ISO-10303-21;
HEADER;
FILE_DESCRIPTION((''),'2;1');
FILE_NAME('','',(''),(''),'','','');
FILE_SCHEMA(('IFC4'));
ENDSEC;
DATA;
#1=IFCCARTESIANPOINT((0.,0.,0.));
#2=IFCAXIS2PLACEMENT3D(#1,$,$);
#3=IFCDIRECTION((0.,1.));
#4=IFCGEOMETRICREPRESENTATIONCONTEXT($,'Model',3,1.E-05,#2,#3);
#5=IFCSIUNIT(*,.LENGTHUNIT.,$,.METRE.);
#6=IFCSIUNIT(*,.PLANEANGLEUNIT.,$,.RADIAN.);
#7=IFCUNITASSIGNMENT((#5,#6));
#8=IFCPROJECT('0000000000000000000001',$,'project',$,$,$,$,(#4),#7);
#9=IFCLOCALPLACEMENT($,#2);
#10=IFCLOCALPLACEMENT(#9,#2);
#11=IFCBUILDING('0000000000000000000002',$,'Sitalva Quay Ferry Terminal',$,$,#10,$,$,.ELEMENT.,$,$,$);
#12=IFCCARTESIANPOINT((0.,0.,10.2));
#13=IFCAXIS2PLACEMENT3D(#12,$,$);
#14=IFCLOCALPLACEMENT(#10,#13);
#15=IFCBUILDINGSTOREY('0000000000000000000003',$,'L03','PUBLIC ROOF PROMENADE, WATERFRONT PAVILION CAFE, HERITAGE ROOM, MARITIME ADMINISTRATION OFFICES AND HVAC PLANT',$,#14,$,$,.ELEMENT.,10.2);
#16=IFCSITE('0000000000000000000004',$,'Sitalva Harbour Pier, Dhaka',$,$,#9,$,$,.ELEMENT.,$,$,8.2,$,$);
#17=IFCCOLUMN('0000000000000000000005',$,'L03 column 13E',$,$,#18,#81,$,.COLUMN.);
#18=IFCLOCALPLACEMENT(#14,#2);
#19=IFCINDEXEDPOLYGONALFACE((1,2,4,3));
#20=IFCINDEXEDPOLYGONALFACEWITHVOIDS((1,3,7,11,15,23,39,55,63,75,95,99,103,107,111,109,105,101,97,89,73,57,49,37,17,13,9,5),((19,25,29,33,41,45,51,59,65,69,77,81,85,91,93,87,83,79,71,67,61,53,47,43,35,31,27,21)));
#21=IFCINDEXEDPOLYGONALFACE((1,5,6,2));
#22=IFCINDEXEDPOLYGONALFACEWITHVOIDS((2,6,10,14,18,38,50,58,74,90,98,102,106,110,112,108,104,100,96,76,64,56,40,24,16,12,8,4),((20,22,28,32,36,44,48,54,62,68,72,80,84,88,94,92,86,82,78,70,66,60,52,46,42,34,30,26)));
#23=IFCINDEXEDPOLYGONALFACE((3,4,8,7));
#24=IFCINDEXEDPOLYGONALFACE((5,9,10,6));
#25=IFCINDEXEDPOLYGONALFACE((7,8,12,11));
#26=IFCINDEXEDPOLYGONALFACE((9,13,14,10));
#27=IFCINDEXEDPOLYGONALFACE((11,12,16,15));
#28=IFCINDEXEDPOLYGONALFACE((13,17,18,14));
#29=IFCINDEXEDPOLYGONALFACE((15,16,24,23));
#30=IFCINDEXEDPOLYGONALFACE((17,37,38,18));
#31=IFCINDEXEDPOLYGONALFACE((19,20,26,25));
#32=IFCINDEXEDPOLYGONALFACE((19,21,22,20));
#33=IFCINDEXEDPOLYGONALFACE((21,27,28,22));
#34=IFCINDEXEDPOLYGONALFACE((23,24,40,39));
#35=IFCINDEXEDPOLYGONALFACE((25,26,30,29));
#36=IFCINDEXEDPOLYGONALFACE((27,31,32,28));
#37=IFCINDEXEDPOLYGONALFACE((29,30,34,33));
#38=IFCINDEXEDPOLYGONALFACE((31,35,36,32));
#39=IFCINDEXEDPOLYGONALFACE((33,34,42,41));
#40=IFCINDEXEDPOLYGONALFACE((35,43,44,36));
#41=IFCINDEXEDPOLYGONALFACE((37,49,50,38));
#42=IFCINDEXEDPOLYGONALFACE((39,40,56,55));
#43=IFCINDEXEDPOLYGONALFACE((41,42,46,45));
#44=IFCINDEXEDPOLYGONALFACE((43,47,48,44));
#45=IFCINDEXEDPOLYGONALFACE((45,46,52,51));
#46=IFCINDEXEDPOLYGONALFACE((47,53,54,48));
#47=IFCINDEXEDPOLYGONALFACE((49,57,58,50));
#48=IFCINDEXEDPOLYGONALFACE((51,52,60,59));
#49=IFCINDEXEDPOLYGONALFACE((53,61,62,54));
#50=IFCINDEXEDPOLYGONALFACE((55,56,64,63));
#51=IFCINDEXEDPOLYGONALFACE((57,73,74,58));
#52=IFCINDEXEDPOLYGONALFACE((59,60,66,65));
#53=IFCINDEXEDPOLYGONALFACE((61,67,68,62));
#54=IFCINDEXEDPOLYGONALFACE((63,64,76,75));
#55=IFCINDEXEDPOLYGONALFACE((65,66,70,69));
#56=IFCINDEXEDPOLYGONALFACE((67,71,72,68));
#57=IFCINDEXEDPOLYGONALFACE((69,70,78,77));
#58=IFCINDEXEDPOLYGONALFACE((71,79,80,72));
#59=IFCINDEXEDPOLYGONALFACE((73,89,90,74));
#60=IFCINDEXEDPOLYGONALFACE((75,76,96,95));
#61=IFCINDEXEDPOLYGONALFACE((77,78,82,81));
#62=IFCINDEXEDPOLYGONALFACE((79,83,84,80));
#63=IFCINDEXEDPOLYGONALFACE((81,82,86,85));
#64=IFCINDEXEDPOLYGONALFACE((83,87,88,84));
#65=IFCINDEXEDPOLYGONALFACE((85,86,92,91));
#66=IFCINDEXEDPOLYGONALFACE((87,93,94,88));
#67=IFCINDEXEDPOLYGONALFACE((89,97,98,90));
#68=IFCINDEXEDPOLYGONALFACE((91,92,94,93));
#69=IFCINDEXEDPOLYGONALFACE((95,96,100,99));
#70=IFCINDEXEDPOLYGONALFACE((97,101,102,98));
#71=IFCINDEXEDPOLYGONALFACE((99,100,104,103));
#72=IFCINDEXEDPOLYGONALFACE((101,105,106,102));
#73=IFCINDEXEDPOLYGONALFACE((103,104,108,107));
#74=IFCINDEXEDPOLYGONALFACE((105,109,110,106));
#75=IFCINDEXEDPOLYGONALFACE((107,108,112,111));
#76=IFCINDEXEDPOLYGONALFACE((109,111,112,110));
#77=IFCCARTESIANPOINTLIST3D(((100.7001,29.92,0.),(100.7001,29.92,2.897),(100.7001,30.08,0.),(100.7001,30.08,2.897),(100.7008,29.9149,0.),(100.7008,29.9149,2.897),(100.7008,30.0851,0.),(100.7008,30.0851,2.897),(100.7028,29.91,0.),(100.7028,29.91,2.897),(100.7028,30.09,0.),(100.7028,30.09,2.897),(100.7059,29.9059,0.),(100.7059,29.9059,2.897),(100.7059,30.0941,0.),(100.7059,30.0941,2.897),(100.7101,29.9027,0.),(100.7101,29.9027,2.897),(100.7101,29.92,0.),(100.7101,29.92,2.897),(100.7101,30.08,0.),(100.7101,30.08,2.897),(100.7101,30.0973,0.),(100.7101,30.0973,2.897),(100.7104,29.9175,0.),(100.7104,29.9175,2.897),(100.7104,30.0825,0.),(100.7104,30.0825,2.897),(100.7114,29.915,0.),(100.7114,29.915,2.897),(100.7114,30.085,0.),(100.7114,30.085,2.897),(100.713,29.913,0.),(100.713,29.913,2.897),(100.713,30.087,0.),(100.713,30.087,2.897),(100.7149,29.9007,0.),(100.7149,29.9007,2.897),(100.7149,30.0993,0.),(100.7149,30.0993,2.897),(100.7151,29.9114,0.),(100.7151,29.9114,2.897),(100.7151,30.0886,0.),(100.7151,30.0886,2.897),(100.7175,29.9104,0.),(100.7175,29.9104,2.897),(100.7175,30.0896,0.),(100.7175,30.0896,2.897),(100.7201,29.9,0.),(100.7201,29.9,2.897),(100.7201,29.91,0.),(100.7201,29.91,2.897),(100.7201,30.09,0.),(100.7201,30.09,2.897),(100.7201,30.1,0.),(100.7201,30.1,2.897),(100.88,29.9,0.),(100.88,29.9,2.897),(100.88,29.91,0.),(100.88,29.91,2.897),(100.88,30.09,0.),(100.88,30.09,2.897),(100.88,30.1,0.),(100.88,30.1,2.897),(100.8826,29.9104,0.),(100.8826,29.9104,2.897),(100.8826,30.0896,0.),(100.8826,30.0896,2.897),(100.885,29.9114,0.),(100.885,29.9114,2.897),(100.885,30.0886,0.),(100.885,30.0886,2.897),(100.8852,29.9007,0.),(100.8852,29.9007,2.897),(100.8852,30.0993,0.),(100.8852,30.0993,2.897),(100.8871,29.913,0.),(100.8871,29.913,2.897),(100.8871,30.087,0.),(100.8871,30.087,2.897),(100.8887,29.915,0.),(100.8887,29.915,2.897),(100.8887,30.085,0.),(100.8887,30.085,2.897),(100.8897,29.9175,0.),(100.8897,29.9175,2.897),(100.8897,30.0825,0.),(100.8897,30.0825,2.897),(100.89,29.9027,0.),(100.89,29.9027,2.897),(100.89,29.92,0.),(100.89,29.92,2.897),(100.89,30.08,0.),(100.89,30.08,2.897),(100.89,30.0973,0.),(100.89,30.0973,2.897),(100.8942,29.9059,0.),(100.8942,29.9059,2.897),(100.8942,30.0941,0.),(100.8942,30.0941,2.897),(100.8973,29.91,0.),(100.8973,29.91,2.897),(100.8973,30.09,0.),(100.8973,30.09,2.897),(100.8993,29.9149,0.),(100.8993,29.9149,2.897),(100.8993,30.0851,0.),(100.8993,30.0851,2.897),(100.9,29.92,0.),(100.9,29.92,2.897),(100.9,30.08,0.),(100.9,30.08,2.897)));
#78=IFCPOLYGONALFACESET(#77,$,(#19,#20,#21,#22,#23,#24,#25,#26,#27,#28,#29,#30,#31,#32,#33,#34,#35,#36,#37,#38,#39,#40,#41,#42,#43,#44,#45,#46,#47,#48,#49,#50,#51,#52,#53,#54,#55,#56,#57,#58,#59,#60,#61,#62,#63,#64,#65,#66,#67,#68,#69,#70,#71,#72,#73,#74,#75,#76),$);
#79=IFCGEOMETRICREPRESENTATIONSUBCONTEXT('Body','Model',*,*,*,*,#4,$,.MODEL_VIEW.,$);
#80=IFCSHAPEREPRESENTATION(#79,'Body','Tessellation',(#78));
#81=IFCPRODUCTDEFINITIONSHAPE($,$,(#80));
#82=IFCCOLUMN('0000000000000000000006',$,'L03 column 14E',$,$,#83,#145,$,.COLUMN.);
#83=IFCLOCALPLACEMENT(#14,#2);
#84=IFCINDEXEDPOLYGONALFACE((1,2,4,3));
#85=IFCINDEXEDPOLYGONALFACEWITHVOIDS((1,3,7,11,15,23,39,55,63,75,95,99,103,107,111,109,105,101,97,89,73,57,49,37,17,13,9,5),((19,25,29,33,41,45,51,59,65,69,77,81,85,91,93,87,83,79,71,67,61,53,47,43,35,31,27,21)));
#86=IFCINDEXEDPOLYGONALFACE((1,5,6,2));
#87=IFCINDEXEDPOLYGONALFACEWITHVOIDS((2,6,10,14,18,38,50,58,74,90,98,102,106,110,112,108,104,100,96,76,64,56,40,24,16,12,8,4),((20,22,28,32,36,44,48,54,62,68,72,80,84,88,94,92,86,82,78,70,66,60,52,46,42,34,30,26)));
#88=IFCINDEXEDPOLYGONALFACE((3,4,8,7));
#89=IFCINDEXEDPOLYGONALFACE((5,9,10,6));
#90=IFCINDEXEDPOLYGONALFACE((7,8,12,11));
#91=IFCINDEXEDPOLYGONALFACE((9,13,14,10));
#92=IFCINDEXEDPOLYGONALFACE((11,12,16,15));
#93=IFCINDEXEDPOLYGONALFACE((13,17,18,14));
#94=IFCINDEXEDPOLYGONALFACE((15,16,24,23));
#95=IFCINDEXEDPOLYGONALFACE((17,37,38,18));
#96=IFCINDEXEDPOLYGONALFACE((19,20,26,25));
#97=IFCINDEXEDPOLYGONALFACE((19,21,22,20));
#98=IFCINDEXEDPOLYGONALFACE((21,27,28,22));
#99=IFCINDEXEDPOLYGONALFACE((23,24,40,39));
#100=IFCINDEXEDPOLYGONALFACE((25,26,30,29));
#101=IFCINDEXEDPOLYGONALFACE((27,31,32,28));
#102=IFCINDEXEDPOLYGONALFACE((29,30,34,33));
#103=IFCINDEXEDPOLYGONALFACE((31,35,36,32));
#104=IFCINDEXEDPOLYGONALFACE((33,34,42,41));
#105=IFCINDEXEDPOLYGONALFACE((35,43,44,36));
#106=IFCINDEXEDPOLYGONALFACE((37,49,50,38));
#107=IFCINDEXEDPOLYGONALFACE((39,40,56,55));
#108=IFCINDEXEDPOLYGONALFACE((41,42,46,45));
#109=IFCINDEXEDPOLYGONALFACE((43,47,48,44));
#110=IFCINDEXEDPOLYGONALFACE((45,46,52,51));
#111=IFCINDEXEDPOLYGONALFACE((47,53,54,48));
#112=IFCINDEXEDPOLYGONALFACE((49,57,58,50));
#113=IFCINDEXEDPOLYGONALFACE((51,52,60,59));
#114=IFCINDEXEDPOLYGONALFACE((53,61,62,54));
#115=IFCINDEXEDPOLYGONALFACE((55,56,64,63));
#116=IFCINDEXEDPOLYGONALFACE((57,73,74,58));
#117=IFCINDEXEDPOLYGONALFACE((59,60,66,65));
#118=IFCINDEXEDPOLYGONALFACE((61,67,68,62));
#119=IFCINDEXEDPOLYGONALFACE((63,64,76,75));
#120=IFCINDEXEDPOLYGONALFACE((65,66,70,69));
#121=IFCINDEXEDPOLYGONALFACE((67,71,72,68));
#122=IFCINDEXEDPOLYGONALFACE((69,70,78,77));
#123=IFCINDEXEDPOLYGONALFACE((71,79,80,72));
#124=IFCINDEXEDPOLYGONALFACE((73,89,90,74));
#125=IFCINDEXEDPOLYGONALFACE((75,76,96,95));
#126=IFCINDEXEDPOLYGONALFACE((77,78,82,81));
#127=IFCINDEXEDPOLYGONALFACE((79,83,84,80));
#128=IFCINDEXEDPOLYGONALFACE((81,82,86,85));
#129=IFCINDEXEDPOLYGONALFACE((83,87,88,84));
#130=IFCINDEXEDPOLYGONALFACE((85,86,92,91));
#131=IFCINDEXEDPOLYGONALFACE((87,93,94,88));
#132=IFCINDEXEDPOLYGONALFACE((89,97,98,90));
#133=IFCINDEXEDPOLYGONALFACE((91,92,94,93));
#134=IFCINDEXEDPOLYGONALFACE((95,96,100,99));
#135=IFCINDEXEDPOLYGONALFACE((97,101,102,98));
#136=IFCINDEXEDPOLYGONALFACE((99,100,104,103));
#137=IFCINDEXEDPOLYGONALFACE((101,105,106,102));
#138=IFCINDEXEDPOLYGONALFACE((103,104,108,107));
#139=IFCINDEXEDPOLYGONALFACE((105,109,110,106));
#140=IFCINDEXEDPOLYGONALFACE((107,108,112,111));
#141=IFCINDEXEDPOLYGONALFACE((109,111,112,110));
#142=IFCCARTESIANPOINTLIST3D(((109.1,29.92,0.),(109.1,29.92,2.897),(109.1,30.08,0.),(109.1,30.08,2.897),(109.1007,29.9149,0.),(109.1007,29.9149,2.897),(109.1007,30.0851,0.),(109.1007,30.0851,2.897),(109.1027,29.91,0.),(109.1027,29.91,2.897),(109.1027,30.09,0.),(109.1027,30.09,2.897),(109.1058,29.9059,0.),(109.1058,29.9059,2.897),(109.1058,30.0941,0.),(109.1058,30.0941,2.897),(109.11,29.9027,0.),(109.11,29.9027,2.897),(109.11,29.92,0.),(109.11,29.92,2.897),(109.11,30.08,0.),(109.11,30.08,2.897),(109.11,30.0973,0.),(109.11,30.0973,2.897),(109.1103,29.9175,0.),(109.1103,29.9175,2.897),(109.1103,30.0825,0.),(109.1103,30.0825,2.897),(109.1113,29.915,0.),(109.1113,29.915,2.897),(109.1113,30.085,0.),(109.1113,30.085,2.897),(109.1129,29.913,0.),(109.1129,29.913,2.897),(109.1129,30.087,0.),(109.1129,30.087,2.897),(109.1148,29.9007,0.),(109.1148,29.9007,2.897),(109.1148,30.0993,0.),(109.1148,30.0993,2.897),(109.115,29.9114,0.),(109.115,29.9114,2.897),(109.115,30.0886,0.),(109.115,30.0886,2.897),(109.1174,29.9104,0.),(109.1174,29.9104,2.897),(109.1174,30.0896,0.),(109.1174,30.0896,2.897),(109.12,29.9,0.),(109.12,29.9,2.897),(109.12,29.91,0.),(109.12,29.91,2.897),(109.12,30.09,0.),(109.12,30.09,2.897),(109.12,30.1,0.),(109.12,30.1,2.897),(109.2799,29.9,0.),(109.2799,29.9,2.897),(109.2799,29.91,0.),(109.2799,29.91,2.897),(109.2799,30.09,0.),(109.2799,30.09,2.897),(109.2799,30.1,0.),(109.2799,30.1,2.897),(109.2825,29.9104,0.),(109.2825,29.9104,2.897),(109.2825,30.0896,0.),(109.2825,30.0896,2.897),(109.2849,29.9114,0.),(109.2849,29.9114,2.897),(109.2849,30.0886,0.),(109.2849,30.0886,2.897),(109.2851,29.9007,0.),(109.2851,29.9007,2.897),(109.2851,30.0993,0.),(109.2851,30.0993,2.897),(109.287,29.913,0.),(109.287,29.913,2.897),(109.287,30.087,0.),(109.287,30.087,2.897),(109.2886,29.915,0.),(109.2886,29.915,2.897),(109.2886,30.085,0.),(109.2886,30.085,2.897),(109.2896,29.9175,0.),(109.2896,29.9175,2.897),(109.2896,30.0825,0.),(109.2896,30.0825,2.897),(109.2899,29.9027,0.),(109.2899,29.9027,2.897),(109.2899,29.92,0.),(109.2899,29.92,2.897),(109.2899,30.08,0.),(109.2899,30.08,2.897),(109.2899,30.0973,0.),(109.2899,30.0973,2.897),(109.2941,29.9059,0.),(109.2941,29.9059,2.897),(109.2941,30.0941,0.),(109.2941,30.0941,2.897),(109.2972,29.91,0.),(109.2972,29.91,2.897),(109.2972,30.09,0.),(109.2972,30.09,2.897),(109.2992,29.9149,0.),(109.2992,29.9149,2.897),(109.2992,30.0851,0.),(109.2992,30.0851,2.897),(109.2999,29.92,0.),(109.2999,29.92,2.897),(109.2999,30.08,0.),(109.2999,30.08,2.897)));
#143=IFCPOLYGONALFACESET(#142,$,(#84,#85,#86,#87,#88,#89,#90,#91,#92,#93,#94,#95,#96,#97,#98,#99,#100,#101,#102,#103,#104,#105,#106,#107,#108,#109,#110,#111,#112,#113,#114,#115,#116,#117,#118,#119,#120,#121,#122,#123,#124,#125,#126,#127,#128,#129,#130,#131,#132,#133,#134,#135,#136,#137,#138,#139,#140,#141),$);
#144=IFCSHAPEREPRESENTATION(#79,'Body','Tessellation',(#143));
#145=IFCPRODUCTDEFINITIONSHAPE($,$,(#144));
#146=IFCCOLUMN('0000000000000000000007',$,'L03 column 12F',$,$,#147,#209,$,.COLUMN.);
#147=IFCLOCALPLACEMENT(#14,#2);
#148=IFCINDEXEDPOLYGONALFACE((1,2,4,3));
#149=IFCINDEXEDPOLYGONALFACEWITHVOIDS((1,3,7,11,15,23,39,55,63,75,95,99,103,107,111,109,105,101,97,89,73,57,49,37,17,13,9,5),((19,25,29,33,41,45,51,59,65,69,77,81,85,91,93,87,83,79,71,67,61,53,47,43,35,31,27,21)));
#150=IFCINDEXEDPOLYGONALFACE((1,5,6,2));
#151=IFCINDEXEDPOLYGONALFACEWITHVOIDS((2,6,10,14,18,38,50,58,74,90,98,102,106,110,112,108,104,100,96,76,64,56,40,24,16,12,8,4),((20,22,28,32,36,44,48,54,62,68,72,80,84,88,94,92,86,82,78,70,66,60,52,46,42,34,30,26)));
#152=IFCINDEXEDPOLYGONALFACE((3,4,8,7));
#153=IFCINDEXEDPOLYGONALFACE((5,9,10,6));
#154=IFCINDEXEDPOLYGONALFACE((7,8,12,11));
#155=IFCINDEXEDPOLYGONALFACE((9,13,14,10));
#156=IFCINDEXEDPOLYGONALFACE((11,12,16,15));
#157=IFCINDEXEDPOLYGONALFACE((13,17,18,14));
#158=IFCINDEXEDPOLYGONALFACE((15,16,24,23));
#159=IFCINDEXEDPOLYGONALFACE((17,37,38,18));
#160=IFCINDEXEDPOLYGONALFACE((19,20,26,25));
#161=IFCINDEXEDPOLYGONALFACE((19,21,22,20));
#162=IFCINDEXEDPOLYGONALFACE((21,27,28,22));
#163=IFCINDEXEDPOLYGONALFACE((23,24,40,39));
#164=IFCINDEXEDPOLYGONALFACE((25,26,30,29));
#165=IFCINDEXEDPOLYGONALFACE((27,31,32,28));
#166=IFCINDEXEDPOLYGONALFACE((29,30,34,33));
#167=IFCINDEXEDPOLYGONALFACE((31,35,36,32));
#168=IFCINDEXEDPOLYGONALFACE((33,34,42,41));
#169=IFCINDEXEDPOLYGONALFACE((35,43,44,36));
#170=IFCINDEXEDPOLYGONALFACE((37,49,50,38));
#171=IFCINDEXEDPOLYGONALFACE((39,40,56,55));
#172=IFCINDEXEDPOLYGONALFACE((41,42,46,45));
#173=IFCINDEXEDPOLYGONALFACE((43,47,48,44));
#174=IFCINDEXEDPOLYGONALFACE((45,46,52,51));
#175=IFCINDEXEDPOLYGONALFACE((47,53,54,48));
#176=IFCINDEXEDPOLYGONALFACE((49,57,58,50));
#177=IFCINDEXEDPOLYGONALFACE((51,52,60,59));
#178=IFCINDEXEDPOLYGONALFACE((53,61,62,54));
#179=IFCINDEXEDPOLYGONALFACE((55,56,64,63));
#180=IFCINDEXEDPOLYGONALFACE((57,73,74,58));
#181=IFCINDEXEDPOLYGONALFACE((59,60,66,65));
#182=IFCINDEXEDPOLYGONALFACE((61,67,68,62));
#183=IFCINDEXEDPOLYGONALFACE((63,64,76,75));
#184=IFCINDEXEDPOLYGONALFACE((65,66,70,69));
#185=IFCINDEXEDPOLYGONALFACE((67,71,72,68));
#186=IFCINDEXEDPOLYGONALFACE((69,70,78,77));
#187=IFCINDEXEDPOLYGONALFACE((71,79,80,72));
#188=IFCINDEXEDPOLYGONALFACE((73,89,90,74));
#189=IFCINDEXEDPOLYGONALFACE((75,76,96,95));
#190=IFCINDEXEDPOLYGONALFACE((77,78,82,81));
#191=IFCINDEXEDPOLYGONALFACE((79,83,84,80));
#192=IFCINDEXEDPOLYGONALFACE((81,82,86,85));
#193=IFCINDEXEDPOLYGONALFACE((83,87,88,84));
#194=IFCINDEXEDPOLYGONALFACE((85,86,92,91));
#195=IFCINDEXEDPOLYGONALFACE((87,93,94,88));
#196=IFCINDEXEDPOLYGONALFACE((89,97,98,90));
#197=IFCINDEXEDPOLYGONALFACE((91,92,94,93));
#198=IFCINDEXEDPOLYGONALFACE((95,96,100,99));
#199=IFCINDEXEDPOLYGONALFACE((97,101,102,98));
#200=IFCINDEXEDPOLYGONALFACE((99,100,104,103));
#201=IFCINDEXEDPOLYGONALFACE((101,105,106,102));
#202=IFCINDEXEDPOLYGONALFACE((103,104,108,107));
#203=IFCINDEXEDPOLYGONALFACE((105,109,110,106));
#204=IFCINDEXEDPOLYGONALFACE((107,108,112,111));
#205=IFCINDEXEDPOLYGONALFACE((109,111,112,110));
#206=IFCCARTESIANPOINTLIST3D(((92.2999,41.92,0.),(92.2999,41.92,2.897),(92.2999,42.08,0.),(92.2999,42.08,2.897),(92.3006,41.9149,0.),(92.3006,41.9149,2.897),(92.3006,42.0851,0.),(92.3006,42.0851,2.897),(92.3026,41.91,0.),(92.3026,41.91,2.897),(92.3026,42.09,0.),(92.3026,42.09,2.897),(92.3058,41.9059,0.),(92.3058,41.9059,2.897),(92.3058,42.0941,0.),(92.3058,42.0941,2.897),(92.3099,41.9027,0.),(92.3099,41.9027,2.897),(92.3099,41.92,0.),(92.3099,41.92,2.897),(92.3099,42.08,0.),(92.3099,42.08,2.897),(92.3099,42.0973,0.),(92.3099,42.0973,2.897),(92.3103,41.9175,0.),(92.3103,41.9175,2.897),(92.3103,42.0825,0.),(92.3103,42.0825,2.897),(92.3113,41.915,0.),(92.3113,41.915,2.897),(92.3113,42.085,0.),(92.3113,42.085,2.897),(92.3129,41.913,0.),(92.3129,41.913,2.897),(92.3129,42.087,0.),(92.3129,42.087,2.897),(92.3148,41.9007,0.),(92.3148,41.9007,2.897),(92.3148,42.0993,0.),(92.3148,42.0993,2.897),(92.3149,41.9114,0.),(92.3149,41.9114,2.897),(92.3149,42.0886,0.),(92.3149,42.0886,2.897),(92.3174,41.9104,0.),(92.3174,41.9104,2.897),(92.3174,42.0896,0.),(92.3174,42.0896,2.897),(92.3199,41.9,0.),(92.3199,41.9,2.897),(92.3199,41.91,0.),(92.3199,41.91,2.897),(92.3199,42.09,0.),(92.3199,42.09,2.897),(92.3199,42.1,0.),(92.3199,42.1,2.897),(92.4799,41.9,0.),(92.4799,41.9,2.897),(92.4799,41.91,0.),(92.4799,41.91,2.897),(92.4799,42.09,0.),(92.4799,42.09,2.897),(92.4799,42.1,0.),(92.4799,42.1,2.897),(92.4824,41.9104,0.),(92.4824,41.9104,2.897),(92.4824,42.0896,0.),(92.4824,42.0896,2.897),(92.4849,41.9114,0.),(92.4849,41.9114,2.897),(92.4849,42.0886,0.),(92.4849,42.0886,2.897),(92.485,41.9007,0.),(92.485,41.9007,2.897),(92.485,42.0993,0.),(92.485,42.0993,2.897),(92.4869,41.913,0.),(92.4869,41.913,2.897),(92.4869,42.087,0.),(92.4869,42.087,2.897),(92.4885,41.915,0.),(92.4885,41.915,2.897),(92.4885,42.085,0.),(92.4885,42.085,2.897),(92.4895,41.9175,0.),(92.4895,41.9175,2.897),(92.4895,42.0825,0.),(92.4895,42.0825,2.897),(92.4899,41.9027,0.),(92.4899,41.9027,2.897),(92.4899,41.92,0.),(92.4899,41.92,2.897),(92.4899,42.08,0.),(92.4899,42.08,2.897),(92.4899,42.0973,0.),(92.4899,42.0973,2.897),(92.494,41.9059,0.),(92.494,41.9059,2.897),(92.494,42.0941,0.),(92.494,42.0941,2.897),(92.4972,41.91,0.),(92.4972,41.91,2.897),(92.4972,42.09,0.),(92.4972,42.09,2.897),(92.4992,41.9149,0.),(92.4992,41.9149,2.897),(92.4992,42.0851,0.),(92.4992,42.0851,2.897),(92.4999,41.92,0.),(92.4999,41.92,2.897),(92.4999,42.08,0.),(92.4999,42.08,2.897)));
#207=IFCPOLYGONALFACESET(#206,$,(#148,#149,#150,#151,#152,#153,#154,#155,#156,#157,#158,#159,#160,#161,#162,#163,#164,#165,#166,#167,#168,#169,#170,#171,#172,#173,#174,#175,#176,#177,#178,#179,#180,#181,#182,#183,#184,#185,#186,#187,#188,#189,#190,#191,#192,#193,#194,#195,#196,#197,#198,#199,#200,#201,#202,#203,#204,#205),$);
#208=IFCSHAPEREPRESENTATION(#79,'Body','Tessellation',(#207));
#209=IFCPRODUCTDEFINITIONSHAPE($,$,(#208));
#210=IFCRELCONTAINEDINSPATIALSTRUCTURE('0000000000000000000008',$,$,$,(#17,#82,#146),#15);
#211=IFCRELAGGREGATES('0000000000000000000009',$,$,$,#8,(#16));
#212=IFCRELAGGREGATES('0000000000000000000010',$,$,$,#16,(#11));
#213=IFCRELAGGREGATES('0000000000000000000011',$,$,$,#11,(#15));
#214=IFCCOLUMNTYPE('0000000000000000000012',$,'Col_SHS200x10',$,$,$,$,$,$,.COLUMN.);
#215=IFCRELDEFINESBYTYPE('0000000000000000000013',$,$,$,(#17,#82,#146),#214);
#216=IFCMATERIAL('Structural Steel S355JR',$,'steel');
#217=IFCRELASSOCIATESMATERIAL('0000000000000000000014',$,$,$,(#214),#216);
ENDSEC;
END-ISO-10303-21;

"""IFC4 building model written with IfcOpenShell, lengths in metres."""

from ifc_helpers import new_model, si_unit, direction, frame, origin, origin_2d, place, context, subcontext, project, spatial, hollow_rectangle, extrude, material, material_profile, profile_set, type_object, element, save


model = new_model("IFC4")

# Units and contexts
model_context = context("Model", 3, precision=1e-05, world=origin(), true_north=direction((0.0, 1.0)))
body_context = subcontext(model_context, "Body", "Model", "MODEL_VIEW")
ifc_project = project(units=[si_unit("LENGTHUNIT", "METRE"), si_unit("PLANEANGLEUNIT", "RADIAN")], contexts=[model_context])

# Site, building, storey
site_placement = place(None, origin())
site = spatial("IfcSite", under=ifc_project, at=site_placement, Name="Sitalva Harbour Pier, Dhaka", CompositionType="ELEMENT", RefElevation=8.2)
building_placement = place(site_placement, origin())
building = spatial("IfcBuilding", under=site, at=building_placement, Name="Sitalva Quay Ferry Terminal", CompositionType="ELEMENT")
storey_placement = place(building_placement, frame((0.0, 0.0, 10.2)))
storey = spatial("IfcBuildingStorey", under=building, at=storey_placement, Name="L03", Description="PUBLIC ROOF PROMENADE, WATERFRONT PAVILION CAFE, HERITAGE ROOM, MARITIME ADMINISTRATION OFFICES AND HVAC PLANT", CompositionType="ELEMENT", Elevation=10.2)

# Columns
ifc_material_1 = material(Name="Structural Steel S355JR", Category="steel")
ifc_material_profile_1 = material_profile(ifc_material_1, hollow_rectangle(XDim=0.2, YDim=0.2, WallThickness=0.01, InnerFilletRadius=0.01, OuterFilletRadius=0.02, at=origin_2d()), Name="SHS200x200x10")
ifc_profile_set_1 = profile_set([ifc_material_profile_1], Name="Structural Steel S355JR")
column_type = type_object("IfcColumnType", Name="Col_SHS200x10", PredefinedType="COLUMN", material=ifc_profile_set_1)
for number, where, z_axis, x_axis, name in (
    (1, (100.8, 30.0, 0.0), (0.0, 0.0, 1.0), (1.0, 0.0, 0.0), "L03 column 13E"),
    (2, (109.2, 30.0, 0.0), (0.0, 0.0, 1.0), (1.0, 0.0, 0.0), "L03 column 14E"),
    (3, (92.3999, 42.0, 0.0), (0.0, 0.0, 1.0), (1.0, 0.0, 0.0), "L03 column 12F"),
):
    element("IfcColumn", number, at=place(storey_placement, frame(where, z_axis=z_axis, x_axis=x_axis)), inside=storey, type_object=column_type, Name=name, PredefinedType="COLUMN", context=body_context, shape_type="SweptSolid", body=[
        extrude(hollow_rectangle(XDim=0.2, YDim=0.2, WallThickness=0.01, InnerFilletRadius=0.01, OuterFilletRadius=0.02, at=origin_2d()), origin(), (0.0, 0.0, 1.0), 2.897),
    ])

save(model, "model.ifc")
